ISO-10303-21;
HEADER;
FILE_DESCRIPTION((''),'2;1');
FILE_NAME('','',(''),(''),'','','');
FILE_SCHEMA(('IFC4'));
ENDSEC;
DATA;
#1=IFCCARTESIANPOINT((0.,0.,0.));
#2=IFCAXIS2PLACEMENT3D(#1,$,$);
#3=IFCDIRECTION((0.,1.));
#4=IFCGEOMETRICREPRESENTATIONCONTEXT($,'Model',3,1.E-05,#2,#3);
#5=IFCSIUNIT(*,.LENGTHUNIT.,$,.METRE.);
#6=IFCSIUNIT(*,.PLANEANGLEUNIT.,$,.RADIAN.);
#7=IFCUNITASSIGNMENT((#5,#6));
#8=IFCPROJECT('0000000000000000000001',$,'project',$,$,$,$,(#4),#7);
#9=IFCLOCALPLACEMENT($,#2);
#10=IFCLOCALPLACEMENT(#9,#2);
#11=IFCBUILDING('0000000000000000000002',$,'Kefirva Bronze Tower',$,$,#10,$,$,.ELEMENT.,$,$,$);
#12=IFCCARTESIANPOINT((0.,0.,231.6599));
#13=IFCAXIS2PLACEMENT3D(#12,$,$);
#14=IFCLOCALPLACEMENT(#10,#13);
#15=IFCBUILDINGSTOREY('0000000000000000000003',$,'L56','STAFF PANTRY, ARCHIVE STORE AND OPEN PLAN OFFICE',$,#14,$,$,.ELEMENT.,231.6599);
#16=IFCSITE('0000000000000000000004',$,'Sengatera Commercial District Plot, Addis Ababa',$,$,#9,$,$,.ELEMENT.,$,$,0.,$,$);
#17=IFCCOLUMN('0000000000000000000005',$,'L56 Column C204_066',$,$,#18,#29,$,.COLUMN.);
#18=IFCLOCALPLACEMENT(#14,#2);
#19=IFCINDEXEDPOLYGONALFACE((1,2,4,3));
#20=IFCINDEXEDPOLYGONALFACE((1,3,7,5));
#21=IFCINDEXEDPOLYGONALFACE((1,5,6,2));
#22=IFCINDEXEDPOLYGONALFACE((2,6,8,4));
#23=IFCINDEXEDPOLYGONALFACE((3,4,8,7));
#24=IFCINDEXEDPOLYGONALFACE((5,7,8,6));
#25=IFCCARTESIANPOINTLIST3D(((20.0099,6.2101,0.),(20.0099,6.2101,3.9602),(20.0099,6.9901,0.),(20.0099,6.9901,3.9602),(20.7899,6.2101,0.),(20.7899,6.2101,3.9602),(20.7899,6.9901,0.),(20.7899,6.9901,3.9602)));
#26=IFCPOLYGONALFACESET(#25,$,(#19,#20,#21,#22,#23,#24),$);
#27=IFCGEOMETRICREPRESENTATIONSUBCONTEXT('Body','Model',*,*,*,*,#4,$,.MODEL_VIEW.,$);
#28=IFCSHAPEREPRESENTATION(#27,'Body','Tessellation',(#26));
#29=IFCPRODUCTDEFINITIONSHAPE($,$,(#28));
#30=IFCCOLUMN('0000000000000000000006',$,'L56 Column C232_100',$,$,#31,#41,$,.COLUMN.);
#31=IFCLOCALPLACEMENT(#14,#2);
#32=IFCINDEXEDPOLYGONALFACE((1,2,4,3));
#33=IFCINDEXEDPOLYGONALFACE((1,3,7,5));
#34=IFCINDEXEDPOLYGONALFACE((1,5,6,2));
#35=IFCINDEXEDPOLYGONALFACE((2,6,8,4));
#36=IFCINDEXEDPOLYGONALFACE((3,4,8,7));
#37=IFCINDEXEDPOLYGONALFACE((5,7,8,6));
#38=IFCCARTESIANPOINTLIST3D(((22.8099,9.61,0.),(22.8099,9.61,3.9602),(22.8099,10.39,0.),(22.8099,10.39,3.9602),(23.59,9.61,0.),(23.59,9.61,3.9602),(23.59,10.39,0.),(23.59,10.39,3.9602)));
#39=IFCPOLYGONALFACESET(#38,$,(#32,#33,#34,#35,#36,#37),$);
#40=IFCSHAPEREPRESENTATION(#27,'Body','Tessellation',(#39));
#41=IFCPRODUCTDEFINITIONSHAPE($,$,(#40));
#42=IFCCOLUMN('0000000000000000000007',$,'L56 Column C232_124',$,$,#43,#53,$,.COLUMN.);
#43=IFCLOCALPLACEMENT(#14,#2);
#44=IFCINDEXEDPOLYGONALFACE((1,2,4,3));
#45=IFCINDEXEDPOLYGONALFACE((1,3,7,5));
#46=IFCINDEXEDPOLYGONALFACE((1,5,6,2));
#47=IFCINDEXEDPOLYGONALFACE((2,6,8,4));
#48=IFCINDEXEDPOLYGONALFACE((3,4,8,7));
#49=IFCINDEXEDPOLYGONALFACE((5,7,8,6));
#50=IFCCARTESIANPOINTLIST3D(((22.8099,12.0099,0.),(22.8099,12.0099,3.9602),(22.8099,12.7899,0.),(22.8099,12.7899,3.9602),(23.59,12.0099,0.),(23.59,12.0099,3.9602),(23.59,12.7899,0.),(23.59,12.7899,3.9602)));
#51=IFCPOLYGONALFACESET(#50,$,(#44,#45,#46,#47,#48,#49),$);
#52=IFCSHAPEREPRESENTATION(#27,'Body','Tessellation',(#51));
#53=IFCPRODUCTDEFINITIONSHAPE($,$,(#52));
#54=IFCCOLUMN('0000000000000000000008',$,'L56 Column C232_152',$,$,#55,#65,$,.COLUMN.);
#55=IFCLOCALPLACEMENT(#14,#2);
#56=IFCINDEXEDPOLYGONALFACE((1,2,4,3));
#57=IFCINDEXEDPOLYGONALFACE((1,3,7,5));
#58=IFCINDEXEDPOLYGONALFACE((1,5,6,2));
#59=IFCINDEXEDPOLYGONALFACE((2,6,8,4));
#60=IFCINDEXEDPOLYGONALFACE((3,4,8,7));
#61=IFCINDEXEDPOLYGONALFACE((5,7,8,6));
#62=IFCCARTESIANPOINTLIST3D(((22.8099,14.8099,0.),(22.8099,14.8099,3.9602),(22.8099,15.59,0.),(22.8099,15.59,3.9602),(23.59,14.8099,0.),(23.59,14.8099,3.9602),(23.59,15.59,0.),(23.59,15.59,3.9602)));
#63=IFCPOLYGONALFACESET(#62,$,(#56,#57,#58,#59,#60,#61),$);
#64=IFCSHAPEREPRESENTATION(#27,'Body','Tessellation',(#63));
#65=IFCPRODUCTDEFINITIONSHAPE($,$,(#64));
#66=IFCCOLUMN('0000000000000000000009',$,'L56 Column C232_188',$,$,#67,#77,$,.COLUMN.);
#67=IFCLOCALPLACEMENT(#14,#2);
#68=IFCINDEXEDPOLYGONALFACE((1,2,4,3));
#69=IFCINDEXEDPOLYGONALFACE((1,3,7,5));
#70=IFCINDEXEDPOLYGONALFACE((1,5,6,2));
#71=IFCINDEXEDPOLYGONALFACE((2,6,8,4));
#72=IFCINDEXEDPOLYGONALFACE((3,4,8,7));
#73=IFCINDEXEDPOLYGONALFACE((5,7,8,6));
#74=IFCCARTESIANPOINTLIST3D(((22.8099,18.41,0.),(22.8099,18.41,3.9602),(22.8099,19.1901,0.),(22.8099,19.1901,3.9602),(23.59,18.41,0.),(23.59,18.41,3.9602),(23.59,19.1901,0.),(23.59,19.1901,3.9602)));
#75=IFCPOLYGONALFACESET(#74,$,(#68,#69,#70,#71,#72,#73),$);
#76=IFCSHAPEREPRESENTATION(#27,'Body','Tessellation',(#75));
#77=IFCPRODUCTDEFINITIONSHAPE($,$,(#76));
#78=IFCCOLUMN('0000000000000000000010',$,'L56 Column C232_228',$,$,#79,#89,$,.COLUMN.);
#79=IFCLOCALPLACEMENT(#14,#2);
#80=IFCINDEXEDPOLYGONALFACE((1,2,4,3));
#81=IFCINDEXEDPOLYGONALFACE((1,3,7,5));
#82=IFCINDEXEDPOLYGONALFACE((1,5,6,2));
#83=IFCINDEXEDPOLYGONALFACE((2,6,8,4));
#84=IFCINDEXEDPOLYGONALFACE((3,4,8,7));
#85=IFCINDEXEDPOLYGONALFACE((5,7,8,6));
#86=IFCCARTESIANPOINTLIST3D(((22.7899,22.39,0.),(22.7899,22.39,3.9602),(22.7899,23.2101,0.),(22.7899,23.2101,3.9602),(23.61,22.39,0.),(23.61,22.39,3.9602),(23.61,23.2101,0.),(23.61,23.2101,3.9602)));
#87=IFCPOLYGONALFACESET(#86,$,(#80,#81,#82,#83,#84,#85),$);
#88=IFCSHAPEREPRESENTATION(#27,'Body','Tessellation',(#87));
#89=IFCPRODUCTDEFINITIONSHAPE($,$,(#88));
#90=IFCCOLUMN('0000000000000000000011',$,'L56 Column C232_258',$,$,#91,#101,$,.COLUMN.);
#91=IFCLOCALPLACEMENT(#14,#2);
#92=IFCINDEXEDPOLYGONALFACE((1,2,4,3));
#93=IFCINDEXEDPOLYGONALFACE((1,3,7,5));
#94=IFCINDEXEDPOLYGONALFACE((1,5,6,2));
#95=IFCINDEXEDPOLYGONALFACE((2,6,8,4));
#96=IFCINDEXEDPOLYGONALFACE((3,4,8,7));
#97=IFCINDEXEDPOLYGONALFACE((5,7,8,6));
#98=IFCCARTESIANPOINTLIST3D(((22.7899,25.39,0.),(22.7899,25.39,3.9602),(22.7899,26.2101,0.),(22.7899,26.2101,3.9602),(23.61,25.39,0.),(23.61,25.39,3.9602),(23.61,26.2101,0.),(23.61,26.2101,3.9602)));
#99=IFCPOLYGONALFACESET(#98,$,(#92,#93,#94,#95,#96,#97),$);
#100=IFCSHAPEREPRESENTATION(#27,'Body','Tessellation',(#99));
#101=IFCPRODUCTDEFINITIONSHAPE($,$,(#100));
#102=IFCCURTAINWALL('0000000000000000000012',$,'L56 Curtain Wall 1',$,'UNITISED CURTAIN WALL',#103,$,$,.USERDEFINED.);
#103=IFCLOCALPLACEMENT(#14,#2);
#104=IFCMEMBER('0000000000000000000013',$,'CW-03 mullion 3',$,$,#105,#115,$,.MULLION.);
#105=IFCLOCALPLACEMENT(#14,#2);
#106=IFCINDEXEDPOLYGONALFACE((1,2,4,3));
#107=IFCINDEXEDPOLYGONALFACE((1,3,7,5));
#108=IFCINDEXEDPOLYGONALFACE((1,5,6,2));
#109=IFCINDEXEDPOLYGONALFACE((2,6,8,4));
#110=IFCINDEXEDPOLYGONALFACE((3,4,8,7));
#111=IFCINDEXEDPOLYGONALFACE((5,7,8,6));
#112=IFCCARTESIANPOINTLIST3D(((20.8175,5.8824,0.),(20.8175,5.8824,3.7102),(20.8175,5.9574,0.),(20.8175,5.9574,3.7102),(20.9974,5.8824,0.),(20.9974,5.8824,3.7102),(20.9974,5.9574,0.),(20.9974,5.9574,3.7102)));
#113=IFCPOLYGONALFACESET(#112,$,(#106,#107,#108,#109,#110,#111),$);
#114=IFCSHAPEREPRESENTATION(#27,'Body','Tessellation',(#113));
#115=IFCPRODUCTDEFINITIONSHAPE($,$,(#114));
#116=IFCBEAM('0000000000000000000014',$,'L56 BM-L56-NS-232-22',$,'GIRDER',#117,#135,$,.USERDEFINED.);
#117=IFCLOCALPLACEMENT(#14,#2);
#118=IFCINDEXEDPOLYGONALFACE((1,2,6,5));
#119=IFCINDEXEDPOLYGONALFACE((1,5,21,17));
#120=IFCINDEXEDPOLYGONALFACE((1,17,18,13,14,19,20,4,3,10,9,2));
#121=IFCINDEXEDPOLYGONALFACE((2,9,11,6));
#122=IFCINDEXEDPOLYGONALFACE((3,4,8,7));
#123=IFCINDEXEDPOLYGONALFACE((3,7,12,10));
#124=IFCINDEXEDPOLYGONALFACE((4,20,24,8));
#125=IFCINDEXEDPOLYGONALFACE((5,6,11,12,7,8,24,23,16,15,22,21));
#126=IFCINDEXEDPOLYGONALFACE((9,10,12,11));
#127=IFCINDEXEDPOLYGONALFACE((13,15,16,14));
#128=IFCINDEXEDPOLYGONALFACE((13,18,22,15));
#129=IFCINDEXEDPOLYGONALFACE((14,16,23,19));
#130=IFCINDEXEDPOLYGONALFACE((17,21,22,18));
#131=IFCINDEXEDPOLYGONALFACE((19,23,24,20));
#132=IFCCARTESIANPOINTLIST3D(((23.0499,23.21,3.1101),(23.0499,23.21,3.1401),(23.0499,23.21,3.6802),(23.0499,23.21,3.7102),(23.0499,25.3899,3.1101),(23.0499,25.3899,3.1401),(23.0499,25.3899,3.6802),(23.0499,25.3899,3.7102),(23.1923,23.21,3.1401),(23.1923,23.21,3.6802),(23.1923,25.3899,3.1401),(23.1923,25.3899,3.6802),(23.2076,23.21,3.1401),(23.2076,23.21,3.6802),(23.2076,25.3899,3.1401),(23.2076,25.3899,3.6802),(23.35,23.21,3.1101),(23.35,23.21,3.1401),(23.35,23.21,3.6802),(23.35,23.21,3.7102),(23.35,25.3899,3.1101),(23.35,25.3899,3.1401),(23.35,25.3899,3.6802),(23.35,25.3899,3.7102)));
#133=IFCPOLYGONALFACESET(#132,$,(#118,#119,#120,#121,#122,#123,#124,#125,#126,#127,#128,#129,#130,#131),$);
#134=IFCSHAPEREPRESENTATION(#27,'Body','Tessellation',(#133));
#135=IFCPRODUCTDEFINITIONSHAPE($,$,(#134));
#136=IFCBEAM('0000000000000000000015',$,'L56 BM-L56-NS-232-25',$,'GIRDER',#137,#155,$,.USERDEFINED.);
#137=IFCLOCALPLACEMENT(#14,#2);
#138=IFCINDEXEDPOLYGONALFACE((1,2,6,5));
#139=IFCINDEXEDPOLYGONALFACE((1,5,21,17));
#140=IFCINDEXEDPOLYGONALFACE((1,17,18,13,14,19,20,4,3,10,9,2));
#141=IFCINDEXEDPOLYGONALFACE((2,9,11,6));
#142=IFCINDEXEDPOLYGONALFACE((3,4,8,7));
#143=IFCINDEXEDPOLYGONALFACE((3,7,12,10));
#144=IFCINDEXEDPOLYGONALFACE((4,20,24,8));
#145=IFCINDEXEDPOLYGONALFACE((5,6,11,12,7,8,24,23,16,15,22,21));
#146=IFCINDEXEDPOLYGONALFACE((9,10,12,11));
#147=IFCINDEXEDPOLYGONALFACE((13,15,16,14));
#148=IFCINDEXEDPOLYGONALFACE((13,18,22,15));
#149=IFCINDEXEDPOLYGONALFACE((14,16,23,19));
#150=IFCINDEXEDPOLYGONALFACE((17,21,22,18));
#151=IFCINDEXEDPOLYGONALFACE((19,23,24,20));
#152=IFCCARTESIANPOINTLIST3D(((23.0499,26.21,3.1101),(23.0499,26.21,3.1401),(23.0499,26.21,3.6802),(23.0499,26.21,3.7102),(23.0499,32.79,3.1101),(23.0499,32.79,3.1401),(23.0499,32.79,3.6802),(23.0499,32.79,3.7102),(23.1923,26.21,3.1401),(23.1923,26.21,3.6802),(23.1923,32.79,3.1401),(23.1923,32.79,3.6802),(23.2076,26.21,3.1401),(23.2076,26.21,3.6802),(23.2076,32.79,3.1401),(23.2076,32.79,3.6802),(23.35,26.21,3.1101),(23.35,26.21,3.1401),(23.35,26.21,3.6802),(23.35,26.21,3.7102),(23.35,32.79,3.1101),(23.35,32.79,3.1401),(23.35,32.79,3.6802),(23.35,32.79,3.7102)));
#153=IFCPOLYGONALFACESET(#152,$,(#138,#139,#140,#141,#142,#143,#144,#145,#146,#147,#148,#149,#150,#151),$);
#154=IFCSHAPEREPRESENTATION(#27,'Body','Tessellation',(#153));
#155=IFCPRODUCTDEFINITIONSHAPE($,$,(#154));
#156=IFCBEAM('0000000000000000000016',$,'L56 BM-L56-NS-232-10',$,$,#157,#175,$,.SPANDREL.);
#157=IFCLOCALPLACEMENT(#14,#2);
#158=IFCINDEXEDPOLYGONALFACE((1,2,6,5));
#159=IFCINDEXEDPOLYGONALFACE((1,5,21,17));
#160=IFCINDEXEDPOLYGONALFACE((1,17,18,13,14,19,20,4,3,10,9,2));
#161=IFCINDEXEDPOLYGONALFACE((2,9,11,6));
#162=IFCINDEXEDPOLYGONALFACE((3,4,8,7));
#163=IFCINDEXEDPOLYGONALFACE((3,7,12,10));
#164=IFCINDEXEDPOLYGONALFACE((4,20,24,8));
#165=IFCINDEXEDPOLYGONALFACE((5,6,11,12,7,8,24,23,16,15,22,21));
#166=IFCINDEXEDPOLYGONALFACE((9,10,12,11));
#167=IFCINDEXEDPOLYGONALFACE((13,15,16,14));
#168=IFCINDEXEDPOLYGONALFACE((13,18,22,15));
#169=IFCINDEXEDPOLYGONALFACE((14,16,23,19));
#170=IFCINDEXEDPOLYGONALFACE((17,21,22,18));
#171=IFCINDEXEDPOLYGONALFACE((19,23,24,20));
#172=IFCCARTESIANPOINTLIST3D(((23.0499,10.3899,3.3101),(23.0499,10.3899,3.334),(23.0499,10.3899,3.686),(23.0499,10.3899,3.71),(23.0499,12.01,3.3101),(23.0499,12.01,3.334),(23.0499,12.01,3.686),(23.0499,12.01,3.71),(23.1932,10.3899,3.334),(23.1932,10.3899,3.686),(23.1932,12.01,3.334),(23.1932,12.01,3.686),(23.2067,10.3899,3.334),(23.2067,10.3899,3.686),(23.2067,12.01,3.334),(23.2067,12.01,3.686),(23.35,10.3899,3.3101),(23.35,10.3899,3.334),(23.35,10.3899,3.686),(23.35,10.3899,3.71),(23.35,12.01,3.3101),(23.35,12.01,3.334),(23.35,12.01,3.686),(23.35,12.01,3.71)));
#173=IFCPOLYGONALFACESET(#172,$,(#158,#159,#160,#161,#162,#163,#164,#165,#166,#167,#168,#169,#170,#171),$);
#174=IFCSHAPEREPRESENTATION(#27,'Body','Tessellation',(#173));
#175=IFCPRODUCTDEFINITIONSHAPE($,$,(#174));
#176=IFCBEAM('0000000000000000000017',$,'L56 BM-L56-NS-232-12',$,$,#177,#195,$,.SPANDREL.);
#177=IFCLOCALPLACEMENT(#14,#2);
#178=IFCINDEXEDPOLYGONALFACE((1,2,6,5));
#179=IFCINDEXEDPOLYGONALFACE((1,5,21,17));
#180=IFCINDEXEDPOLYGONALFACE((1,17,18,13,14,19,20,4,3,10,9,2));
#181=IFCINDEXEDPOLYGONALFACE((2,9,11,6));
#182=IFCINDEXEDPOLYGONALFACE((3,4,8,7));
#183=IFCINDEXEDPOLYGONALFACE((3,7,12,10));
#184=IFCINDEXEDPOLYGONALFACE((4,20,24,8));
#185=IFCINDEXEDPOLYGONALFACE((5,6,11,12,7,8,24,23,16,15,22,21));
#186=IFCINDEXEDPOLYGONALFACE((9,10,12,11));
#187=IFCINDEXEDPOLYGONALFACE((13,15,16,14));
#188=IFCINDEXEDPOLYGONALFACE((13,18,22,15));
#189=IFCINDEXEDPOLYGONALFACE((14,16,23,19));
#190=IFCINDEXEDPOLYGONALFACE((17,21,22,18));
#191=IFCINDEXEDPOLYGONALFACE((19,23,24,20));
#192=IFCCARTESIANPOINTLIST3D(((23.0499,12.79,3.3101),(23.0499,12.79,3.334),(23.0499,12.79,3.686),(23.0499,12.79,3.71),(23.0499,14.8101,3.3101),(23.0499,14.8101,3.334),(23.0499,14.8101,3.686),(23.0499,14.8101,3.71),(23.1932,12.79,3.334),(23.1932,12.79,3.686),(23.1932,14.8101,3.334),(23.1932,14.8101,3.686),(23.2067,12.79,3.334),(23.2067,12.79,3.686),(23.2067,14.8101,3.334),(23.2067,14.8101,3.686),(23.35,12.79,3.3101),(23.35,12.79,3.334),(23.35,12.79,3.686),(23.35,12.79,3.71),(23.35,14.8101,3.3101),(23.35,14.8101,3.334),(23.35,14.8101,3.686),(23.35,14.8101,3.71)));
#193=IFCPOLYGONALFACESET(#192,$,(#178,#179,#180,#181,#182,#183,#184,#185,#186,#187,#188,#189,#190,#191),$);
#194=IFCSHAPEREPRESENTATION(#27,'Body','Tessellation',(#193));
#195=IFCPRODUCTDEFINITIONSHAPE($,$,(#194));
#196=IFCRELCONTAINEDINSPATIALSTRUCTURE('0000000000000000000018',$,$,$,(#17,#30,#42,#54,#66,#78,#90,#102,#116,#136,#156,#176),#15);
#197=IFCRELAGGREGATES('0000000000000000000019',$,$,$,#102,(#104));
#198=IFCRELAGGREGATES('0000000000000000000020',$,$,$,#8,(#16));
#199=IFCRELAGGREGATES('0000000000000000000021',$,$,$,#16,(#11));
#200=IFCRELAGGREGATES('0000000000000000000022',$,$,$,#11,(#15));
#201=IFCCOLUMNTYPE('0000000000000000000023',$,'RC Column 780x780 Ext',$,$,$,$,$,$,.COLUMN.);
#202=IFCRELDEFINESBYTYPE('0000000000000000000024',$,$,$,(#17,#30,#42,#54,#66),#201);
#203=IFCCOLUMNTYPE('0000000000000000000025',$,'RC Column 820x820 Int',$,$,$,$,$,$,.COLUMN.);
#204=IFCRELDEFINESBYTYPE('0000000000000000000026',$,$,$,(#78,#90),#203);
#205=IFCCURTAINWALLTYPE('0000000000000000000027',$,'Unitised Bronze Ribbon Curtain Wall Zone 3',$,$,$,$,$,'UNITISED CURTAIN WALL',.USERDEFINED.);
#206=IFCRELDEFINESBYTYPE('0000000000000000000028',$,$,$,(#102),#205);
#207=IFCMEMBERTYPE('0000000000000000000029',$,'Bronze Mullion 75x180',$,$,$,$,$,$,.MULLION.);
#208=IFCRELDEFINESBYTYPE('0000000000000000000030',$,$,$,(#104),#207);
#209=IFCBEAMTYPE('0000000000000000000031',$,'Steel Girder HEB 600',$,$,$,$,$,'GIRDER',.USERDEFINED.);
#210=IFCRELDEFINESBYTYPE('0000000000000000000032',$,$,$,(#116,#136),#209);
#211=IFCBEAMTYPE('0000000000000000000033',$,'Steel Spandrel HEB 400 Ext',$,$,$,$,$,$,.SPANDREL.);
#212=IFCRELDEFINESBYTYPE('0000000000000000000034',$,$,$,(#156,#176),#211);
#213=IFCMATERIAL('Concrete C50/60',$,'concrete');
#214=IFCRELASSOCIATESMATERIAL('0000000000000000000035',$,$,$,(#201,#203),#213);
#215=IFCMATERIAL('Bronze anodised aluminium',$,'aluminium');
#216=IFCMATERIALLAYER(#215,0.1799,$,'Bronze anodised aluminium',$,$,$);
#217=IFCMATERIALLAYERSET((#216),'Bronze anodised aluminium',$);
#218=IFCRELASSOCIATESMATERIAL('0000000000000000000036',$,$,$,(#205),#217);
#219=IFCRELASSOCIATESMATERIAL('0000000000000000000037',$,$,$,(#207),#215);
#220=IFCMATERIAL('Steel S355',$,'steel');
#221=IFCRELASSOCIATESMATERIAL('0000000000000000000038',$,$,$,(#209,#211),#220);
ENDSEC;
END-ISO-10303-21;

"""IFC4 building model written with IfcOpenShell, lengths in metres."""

from ifc_helpers import new_model, si_unit, direction, frame, origin, origin_2d, place, context, subcontext, project, spatial, rectangle, i_section, extrude, material, layer, layer_set, material_profile, profile_set, type_object, element, aggregate, save


model = new_model("IFC4")

# Units and contexts
model_context = context("Model", 3, precision=1e-05, world=origin(), true_north=direction((0.0, 1.0)))
body_context = subcontext(model_context, "Body", "Model", "MODEL_VIEW")
ifc_project = project(units=[si_unit("LENGTHUNIT", "METRE"), si_unit("PLANEANGLEUNIT", "RADIAN")], contexts=[model_context])

# Site, building, storey
site_placement = place(None, origin())
site = spatial("IfcSite", under=ifc_project, at=site_placement, Name="Sengatera Commercial District Plot, Addis Ababa", CompositionType="ELEMENT", RefElevation=0.0)
building_placement = place(site_placement, origin())
building = spatial("IfcBuilding", under=site, at=building_placement, Name="Kefirva Bronze Tower", CompositionType="ELEMENT")
storey_placement = place(building_placement, frame((0.0, 0.0, 231.6599)))
storey = spatial("IfcBuildingStorey", under=building, at=storey_placement, Name="L56", Description="STAFF PANTRY, ARCHIVE STORE AND OPEN PLAN OFFICE", CompositionType="ELEMENT", Elevation=231.6599)

# Columns
ifc_material_1 = material(Name="Concrete C50/60", Category="concrete")
ifc_material_profile_1 = material_profile(ifc_material_1, rectangle(XDim=0.78, YDim=0.78, at=origin_2d()), Name="RC 780x780")
ifc_profile_set_1 = profile_set([ifc_material_profile_1], Name="Concrete C50/60")
column_type_1 = type_object("IfcColumnType", Name="RC Column 780x780 Ext", PredefinedType="COLUMN", material=ifc_profile_set_1)
for number, where, z_axis, x_axis, name in (
    (1, (20.3999, 6.6001, 0.0), (0.0, 0.0, 1.0), (1.0, 0.0, 0.0), "L56 Column C204_066"),
    (2, (23.2, 10.0, 0.0), (0.0, 0.0, 1.0), (1.0, 0.0, 0.0), "L56 Column C232_100"),
    (3, (23.2, 12.3999, 0.0), (0.0, 0.0, 1.0), (1.0, 0.0, 0.0), "L56 Column C232_124"),
    (4, (23.2, 15.2, 0.0), (0.0, 0.0, 1.0), (1.0, 0.0, 0.0), "L56 Column C232_152"),
    (5, (23.2, 18.8, 0.0), (0.0, 0.0, 1.0), (1.0, 0.0, 0.0), "L56 Column C232_188"),
):
    element("IfcColumn", number, at=place(storey_placement, frame(where, z_axis=z_axis, x_axis=x_axis)), inside=storey, type_object=column_type_1, Name=name, PredefinedType="COLUMN", context=body_context, shape_type="SweptSolid", body=[
        extrude(rectangle(XDim=0.78, YDim=0.78, at=origin_2d()), origin(), (0.0, 0.0, 1.0), 3.9602),
    ])
ifc_material_profile_2 = material_profile(ifc_material_1, rectangle(XDim=0.8201, YDim=0.8201, at=origin_2d()), Name="RC 820x820")
ifc_profile_set_2 = profile_set([ifc_material_profile_2], Name="Concrete C50/60")
column_type_2 = type_object("IfcColumnType", Name="RC Column 820x820 Int", PredefinedType="COLUMN", material=ifc_profile_set_2)
for number, where, z_axis, x_axis, name in (
    (6, (23.2, 22.8, 0.0), (0.0, 0.0, 1.0), (1.0, 0.0, 0.0), "L56 Column C232_228"),
    (7, (23.2, 25.8, 0.0), (0.0, 0.0, 1.0), (1.0, 0.0, 0.0), "L56 Column C232_258"),
):
    element("IfcColumn", number, at=place(storey_placement, frame(where, z_axis=z_axis, x_axis=x_axis)), inside=storey, type_object=column_type_2, Name=name, PredefinedType="COLUMN", context=body_context, shape_type="SweptSolid", body=[
        extrude(rectangle(XDim=0.8201, YDim=0.8201, at=origin_2d()), origin(), (0.0, 0.0, 1.0), 3.9602),
    ])

# Curtain wall, member
ifc_material_2 = material(Name="Bronze anodised aluminium", Category="aluminium")
ifc_layer_1 = layer(ifc_material_2, 0.1799, Name="Bronze anodised aluminium")
ifc_layer_set_1 = layer_set([ifc_layer_1], Name="Bronze anodised aluminium")
curtain_wall_type = type_object("IfcCurtainWallType", Name="Unitised Bronze Ribbon Curtain Wall Zone 3", ElementType="UNITISED CURTAIN WALL", PredefinedType="USERDEFINED", material=ifc_layer_set_1)
curtain_wall_placement = place(storey_placement, origin())
curtain_wall = element("IfcCurtainWall", 8, at=curtain_wall_placement, inside=storey, type_object=curtain_wall_type, Name="L56 Curtain Wall 1", ObjectType="UNITISED CURTAIN WALL", PredefinedType="USERDEFINED")
ifc_material_profile_3 = material_profile(ifc_material_2, rectangle(XDim=0.075, YDim=0.1799, at=origin_2d()), Name="ALU 75x180")
ifc_profile_set_3 = profile_set([ifc_material_profile_3], Name="Bronze anodised aluminium")
member_type = type_object("IfcMemberType", Name="Bronze Mullion 75x180", PredefinedType="MULLION", material=ifc_profile_set_3)
member_placement = place(storey_placement, frame((20.9075, 5.9199, 0.0), z_axis=(0.0, 0.0, 1.0), x_axis=(0.0, 1.0, 0.0)))
member = element("IfcMember", 9, at=member_placement, type_object=member_type, Name="CW-03 mullion 3", PredefinedType="MULLION", context=body_context, shape_type="SweptSolid", body=[
    extrude(rectangle(XDim=0.075, YDim=0.1799, at=origin_2d()), origin(), (0.0, 0.0, 1.0), 3.7102),
])
aggregate(curtain_wall, [member])

# Beams
ifc_material_3 = material(Name="Steel S355", Category="steel")
ifc_material_profile_4 = material_profile(ifc_material_3, i_section(OverallWidth=0.3, OverallDepth=0.6001, WebThickness=0.0154, FlangeThickness=0.03, at=origin_2d()), Name="HEB 600")
ifc_profile_set_4 = profile_set([ifc_material_profile_4], Name="Steel S355")
beam_type_1 = type_object("IfcBeamType", Name="Steel Girder HEB 600", ElementType="GIRDER", PredefinedType="USERDEFINED", material=ifc_profile_set_4)
beam_1_placement = place(storey_placement, frame((23.2, 23.21, 3.4102), z_axis=(0.0, 1.0, 0.0), x_axis=(-1.0, 0.0, 0.0)))
element("IfcBeam", 10, at=beam_1_placement, inside=storey, type_object=beam_type_1, Name="L56 BM-L56-NS-232-22", ObjectType="GIRDER", PredefinedType="USERDEFINED", context=body_context, shape_type="SweptSolid", body=[
    extrude(i_section(OverallWidth=0.3, OverallDepth=0.6001, WebThickness=0.0154, FlangeThickness=0.03, at=origin_2d()), origin(), (0.0, 0.0, 1.0), 2.1799),
])
beam_2_placement = place(storey_placement, frame((23.2, 26.21, 3.4102), z_axis=(0.0, 1.0, 0.0), x_axis=(-1.0, 0.0, 0.0)))
element("IfcBeam", 11, at=beam_2_placement, inside=storey, type_object=beam_type_1, Name="L56 BM-L56-NS-232-25", ObjectType="GIRDER", PredefinedType="USERDEFINED", context=body_context, shape_type="SweptSolid", body=[
    extrude(i_section(OverallWidth=0.3, OverallDepth=0.6001, WebThickness=0.0154, FlangeThickness=0.03, at=origin_2d()), origin(), (0.0, 0.0, 1.0), 6.5801),
])
ifc_material_profile_5 = material_profile(ifc_material_3, i_section(OverallWidth=0.3, OverallDepth=0.3999, WebThickness=0.0134, FlangeThickness=0.0239, at=origin_2d()), Name="HEB 400")
ifc_profile_set_5 = profile_set([ifc_material_profile_5], Name="Steel S355")
beam_type_2 = type_object("IfcBeamType", Name="Steel Spandrel HEB 400 Ext", PredefinedType="SPANDREL", material=ifc_profile_set_5)
beam_3_placement = place(storey_placement, frame((23.2, 10.3899, 3.51), z_axis=(0.0, 1.0, 0.0), x_axis=(-1.0, 0.0, 0.0)))
element("IfcBeam", 12, at=beam_3_placement, inside=storey, type_object=beam_type_2, Name="L56 BM-L56-NS-232-10", PredefinedType="SPANDREL", context=body_context, shape_type="SweptSolid", body=[
    extrude(i_section(OverallWidth=0.3, OverallDepth=0.3999, WebThickness=0.0134, FlangeThickness=0.0239, at=origin_2d()), origin(), (0.0, 0.0, 1.0), 1.6201),
])
beam_4_placement = place(storey_placement, frame((23.2, 12.79, 3.51), z_axis=(0.0, 1.0, 0.0), x_axis=(-1.0, 0.0, 0.0)))
element("IfcBeam", 13, at=beam_4_placement, inside=storey, type_object=beam_type_2, Name="L56 BM-L56-NS-232-12", PredefinedType="SPANDREL", context=body_context, shape_type="SweptSolid", body=[
    extrude(i_section(OverallWidth=0.3, OverallDepth=0.3999, WebThickness=0.0134, FlangeThickness=0.0239, at=origin_2d()), origin(), (0.0, 0.0, 1.0), 2.02),
])

save(model, "model.ifc")
